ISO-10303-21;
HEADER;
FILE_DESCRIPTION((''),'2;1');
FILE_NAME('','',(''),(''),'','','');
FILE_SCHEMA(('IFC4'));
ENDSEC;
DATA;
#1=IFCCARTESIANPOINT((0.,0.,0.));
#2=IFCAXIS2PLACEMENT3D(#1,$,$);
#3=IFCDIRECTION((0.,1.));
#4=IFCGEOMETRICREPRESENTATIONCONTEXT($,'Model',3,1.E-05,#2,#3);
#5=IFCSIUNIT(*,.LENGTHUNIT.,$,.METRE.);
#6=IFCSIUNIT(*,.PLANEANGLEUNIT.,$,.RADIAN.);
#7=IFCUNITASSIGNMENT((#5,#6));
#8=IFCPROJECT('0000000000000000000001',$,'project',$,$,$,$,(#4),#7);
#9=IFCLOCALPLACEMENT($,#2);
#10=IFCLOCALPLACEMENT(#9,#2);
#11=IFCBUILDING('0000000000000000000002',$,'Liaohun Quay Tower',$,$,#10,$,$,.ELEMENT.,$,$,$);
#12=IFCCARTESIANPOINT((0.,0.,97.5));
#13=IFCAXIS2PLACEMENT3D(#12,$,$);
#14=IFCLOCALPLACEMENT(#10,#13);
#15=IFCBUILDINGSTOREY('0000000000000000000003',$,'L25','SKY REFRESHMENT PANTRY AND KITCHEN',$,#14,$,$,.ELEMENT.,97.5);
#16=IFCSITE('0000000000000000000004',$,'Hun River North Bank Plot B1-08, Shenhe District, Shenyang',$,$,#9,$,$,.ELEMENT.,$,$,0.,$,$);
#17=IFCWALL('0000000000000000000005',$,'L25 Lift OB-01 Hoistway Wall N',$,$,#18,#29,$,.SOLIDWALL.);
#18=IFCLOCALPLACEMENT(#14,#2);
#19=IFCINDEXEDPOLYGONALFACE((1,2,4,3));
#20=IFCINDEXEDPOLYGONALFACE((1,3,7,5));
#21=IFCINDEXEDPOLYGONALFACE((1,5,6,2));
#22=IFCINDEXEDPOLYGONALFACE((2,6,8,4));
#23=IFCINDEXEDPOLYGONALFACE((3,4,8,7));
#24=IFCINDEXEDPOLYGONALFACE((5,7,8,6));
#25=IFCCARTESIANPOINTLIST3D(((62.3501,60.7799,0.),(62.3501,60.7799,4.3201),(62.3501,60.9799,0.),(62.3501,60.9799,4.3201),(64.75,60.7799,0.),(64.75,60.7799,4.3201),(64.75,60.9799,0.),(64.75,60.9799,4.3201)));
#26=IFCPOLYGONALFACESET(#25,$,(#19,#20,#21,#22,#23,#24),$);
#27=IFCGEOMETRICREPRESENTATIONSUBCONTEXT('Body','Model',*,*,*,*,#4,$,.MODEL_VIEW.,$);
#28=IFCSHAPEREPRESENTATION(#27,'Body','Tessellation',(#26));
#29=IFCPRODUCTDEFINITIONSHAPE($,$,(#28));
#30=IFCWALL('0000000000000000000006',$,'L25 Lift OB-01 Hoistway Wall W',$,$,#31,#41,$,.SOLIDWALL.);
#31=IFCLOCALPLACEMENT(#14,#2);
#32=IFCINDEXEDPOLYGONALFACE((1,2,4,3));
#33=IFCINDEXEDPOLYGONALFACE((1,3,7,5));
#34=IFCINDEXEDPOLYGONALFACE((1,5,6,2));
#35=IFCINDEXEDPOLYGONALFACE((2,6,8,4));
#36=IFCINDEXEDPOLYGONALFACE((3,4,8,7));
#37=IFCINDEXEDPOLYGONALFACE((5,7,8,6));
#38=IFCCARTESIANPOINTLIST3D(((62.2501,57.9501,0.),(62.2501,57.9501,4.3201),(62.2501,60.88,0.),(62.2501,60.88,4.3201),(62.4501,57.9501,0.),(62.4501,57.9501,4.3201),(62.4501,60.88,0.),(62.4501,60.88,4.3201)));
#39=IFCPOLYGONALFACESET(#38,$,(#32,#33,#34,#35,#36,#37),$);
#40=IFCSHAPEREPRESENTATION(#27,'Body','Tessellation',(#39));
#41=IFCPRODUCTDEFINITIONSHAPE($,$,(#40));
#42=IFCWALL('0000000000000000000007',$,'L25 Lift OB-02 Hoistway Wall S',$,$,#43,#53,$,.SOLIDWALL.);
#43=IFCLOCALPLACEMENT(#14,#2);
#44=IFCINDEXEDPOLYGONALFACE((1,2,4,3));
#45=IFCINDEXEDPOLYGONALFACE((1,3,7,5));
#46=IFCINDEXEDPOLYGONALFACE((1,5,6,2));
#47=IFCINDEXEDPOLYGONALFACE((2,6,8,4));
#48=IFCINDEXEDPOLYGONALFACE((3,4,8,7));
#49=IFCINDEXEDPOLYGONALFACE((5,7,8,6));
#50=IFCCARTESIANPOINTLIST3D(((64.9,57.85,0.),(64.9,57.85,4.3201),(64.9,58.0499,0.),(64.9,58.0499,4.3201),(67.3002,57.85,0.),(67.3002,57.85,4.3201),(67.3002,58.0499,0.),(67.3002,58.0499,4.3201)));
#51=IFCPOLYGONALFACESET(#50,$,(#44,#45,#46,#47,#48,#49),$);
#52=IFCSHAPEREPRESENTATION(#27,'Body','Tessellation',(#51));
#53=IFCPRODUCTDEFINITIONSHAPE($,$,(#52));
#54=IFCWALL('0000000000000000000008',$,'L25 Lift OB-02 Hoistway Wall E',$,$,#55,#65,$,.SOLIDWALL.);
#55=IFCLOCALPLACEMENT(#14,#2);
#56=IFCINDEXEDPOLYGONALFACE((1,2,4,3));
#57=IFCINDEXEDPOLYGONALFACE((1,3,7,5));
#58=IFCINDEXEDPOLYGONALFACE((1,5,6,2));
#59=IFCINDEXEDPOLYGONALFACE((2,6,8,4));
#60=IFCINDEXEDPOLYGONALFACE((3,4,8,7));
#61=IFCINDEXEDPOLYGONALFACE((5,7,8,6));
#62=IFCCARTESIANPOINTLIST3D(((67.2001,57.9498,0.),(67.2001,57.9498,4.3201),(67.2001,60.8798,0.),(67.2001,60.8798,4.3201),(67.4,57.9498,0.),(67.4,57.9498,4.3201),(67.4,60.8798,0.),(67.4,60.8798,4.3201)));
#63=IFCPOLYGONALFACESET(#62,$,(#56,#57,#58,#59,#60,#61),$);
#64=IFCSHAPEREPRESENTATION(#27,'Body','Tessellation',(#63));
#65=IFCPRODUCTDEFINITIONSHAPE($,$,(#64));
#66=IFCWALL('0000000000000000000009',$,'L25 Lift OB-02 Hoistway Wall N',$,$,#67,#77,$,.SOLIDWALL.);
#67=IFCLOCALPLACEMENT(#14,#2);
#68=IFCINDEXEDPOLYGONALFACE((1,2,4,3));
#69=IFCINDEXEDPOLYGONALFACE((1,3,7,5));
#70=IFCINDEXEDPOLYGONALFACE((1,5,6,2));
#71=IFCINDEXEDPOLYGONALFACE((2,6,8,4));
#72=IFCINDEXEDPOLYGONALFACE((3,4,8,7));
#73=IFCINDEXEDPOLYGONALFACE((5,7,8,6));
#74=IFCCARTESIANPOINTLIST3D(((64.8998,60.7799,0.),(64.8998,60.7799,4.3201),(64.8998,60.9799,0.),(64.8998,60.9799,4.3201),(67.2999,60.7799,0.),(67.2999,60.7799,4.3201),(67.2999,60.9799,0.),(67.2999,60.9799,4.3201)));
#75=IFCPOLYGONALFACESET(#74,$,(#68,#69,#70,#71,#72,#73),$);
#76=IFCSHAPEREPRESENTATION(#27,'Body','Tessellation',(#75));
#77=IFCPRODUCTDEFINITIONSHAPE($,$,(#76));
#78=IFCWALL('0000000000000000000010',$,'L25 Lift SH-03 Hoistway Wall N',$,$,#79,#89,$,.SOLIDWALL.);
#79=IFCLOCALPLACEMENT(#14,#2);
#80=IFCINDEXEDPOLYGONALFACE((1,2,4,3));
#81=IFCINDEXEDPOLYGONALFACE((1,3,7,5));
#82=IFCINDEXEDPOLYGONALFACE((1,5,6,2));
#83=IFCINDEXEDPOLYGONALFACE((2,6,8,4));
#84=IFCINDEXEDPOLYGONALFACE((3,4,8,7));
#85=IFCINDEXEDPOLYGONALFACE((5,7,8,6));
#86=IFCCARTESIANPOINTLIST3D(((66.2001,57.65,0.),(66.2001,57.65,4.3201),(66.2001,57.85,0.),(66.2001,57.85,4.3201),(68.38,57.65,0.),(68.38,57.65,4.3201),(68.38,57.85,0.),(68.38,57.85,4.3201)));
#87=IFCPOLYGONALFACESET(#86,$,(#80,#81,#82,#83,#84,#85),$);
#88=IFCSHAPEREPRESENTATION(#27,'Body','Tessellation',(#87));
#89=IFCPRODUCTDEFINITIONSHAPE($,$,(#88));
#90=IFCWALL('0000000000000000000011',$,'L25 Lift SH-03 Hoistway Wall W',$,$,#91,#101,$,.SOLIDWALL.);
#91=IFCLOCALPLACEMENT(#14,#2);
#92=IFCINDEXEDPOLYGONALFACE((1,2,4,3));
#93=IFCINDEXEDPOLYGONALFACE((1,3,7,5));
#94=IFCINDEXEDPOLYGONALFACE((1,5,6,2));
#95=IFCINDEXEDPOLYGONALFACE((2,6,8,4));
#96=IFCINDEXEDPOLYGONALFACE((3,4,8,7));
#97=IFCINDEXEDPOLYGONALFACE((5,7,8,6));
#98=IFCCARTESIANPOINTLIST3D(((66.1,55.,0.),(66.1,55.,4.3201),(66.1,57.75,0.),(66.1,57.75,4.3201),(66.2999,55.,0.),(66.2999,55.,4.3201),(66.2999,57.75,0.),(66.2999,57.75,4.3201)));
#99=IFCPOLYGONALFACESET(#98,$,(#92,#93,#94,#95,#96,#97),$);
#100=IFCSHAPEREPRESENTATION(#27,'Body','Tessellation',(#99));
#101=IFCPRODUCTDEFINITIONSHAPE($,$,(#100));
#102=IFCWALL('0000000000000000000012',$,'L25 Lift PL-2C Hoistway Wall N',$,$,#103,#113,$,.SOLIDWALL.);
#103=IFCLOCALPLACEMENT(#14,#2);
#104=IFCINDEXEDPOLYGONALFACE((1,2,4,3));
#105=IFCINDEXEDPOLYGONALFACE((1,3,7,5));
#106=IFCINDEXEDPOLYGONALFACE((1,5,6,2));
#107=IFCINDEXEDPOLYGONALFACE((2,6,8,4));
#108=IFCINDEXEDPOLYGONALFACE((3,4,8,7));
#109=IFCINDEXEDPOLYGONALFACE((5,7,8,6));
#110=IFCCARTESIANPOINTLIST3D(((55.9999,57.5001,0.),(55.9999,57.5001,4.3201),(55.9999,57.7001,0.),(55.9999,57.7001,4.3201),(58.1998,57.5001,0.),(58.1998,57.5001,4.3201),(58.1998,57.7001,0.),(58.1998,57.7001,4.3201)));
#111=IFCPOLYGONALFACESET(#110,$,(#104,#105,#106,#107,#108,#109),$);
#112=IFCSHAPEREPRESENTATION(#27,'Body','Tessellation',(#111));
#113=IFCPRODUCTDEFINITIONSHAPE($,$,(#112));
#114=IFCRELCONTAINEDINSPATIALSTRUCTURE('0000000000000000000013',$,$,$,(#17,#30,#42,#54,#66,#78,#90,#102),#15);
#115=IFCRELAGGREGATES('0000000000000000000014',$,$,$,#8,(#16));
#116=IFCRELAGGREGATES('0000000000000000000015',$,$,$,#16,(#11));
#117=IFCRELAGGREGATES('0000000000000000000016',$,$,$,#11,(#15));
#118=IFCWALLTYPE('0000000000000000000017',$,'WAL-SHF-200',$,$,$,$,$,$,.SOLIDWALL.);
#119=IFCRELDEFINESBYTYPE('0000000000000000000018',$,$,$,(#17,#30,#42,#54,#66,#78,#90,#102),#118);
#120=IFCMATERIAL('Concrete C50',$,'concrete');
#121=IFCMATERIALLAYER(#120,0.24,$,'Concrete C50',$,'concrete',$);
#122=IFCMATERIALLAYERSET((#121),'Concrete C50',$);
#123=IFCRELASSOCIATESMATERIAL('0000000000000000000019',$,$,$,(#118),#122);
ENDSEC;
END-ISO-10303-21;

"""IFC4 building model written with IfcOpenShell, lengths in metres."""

from ifc_helpers import new_model, si_unit, direction, frame, frame_2d, origin, place, context, subcontext, project, spatial, rectangle, extrude, material, layer, layer_set, type_object, element, save


model = new_model("IFC4")

# Units and contexts
model_context = context("Model", 3, precision=1e-05, world=origin(), true_north=direction((0.0, 1.0)))
body_context = subcontext(model_context, "Body", "Model", "MODEL_VIEW")
ifc_project = project(units=[si_unit("LENGTHUNIT", "METRE"), si_unit("PLANEANGLEUNIT", "RADIAN")], contexts=[model_context])

# Site, building, storey
site_placement = place(None, origin())
site = spatial("IfcSite", under=ifc_project, at=site_placement, Name="Hun River North Bank Plot B1-08, Shenhe District, Shenyang", CompositionType="ELEMENT", RefElevation=0.0)
building_placement = place(site_placement, origin())
building = spatial("IfcBuilding", under=site, at=building_placement, Name="Liaohun Quay Tower", CompositionType="ELEMENT")
storey_placement = place(building_placement, frame((0.0, 0.0, 97.5)))
storey = spatial("IfcBuildingStorey", under=building, at=storey_placement, Name="L25", Description="SKY REFRESHMENT PANTRY AND KITCHEN", CompositionType="ELEMENT", Elevation=97.5)

# Walls
ifc_material_1 = material(Name="Concrete C50", Category="concrete")
ifc_layer_1 = layer(ifc_material_1, 0.24, Name="Concrete C50", Category="concrete")
ifc_layer_set_1 = layer_set([ifc_layer_1], Name="Concrete C50")
wall_type_1 = type_object("IfcWallType", Name="WAL-SHF-200", PredefinedType="SOLIDWALL", material=ifc_layer_set_1)
wall_1_placement = place(storey_placement, frame((64.75, 60.8799, 0.0), z_axis=(0.0, 0.0, 1.0), x_axis=(-1.0, 0.0, 0.0)))
element("IfcWall", 1, at=wall_1_placement, inside=storey, type_object=wall_type_1, Name="L25 Lift OB-01 Hoistway Wall N", PredefinedType="SOLIDWALL", context=body_context, shape_type="SweptSolid", body=[
    extrude(rectangle(XDim=2.3999, YDim=0.2, at=frame_2d((1.2, 0.0))), origin(), (0.0, 0.0, 1.0), 4.3201),
])
wall_2_placement = place(storey_placement, frame((62.3501, 60.8799, 0.0), z_axis=(0.0, 0.0, 1.0), x_axis=(0.0, -1.0, 0.0)))
element("IfcWall", 2, at=wall_2_placement, inside=storey, type_object=wall_type_1, Name="L25 Lift OB-01 Hoistway Wall W", PredefinedType="SOLIDWALL", context=body_context, shape_type="SweptSolid", body=[
    extrude(rectangle(XDim=2.9299, YDim=0.2, at=frame_2d((1.4648, 0.0))), origin(), (0.0, 0.0, 1.0), 4.3201),
])
wall_3_placement = place(storey_placement, frame((64.8999, 57.95, 0.0), z_axis=(0.0, 0.0, 1.0), x_axis=(1.0, 0.0, 0.0)))
element("IfcWall", 3, at=wall_3_placement, inside=storey, type_object=wall_type_1, Name="L25 Lift OB-02 Hoistway Wall S", PredefinedType="SOLIDWALL", context=body_context, shape_type="SweptSolid", body=[
    extrude(rectangle(XDim=2.4001, YDim=0.2, at=frame_2d((1.2002, 0.0))), origin(), (0.0, 0.0, 1.0), 4.3201),
])
wall_4_placement = place(storey_placement, frame((67.3, 57.95, 0.0), z_axis=(0.0, 0.0, 1.0), x_axis=(0.0, 1.0, 0.0)))
element("IfcWall", 4, at=wall_4_placement, inside=storey, type_object=wall_type_1, Name="L25 Lift OB-02 Hoistway Wall E", PredefinedType="SOLIDWALL", context=body_context, shape_type="SweptSolid", body=[
    extrude(rectangle(XDim=2.9299, YDim=0.2, at=frame_2d((1.4648, 0.0))), origin(), (0.0, 0.0, 1.0), 4.3201),
])
wall_5_placement = place(storey_placement, frame((67.3, 60.8799, 0.0), z_axis=(0.0, 0.0, 1.0), x_axis=(-1.0, 0.0, 0.0)))
element("IfcWall", 5, at=wall_5_placement, inside=storey, type_object=wall_type_1, Name="L25 Lift OB-02 Hoistway Wall N", PredefinedType="SOLIDWALL", context=body_context, shape_type="SweptSolid", body=[
    extrude(rectangle(XDim=2.4001, YDim=0.2, at=frame_2d((1.2002, 0.0))), origin(), (0.0, 0.0, 1.0), 4.3201),
])
wall_6_placement = place(storey_placement, frame((68.3799, 57.75, 0.0), z_axis=(0.0, 0.0, 1.0), x_axis=(-1.0, 0.0, 0.0)))
element("IfcWall", 6, at=wall_6_placement, inside=storey, type_object=wall_type_1, Name="L25 Lift SH-03 Hoistway Wall N", PredefinedType="SOLIDWALL", context=body_context, shape_type="SweptSolid", body=[
    extrude(rectangle(XDim=2.1799, YDim=0.2, at=frame_2d((1.0898, 0.0))), origin(), (0.0, 0.0, 1.0), 4.3201),
])
wall_7_placement = place(storey_placement, frame((66.2, 57.75, 0.0), z_axis=(0.0, 0.0, 1.0), x_axis=(0.0, -1.0, 0.0)))
element("IfcWall", 7, at=wall_7_placement, inside=storey, type_object=wall_type_1, Name="L25 Lift SH-03 Hoistway Wall W", PredefinedType="SOLIDWALL", context=body_context, shape_type="SweptSolid", body=[
    extrude(rectangle(XDim=2.75, YDim=0.2, at=frame_2d((1.375, 0.0))), origin(), (0.0, 0.0, 1.0), 4.3201),
])
wall_8_placement = place(storey_placement, frame((58.2, 57.6001, 0.0), z_axis=(0.0, 0.0, 1.0), x_axis=(-1.0, 0.0, 0.0)))
element("IfcWall", 8, at=wall_8_placement, inside=storey, type_object=wall_type_1, Name="L25 Lift PL-2C Hoistway Wall N", PredefinedType="SOLIDWALL", context=body_context, shape_type="SweptSolid", body=[
    extrude(rectangle(XDim=2.2, YDim=0.2, at=frame_2d((1.1001, 0.0))), origin(), (0.0, 0.0, 1.0), 4.3201),
])

save(model, "model.ifc")
